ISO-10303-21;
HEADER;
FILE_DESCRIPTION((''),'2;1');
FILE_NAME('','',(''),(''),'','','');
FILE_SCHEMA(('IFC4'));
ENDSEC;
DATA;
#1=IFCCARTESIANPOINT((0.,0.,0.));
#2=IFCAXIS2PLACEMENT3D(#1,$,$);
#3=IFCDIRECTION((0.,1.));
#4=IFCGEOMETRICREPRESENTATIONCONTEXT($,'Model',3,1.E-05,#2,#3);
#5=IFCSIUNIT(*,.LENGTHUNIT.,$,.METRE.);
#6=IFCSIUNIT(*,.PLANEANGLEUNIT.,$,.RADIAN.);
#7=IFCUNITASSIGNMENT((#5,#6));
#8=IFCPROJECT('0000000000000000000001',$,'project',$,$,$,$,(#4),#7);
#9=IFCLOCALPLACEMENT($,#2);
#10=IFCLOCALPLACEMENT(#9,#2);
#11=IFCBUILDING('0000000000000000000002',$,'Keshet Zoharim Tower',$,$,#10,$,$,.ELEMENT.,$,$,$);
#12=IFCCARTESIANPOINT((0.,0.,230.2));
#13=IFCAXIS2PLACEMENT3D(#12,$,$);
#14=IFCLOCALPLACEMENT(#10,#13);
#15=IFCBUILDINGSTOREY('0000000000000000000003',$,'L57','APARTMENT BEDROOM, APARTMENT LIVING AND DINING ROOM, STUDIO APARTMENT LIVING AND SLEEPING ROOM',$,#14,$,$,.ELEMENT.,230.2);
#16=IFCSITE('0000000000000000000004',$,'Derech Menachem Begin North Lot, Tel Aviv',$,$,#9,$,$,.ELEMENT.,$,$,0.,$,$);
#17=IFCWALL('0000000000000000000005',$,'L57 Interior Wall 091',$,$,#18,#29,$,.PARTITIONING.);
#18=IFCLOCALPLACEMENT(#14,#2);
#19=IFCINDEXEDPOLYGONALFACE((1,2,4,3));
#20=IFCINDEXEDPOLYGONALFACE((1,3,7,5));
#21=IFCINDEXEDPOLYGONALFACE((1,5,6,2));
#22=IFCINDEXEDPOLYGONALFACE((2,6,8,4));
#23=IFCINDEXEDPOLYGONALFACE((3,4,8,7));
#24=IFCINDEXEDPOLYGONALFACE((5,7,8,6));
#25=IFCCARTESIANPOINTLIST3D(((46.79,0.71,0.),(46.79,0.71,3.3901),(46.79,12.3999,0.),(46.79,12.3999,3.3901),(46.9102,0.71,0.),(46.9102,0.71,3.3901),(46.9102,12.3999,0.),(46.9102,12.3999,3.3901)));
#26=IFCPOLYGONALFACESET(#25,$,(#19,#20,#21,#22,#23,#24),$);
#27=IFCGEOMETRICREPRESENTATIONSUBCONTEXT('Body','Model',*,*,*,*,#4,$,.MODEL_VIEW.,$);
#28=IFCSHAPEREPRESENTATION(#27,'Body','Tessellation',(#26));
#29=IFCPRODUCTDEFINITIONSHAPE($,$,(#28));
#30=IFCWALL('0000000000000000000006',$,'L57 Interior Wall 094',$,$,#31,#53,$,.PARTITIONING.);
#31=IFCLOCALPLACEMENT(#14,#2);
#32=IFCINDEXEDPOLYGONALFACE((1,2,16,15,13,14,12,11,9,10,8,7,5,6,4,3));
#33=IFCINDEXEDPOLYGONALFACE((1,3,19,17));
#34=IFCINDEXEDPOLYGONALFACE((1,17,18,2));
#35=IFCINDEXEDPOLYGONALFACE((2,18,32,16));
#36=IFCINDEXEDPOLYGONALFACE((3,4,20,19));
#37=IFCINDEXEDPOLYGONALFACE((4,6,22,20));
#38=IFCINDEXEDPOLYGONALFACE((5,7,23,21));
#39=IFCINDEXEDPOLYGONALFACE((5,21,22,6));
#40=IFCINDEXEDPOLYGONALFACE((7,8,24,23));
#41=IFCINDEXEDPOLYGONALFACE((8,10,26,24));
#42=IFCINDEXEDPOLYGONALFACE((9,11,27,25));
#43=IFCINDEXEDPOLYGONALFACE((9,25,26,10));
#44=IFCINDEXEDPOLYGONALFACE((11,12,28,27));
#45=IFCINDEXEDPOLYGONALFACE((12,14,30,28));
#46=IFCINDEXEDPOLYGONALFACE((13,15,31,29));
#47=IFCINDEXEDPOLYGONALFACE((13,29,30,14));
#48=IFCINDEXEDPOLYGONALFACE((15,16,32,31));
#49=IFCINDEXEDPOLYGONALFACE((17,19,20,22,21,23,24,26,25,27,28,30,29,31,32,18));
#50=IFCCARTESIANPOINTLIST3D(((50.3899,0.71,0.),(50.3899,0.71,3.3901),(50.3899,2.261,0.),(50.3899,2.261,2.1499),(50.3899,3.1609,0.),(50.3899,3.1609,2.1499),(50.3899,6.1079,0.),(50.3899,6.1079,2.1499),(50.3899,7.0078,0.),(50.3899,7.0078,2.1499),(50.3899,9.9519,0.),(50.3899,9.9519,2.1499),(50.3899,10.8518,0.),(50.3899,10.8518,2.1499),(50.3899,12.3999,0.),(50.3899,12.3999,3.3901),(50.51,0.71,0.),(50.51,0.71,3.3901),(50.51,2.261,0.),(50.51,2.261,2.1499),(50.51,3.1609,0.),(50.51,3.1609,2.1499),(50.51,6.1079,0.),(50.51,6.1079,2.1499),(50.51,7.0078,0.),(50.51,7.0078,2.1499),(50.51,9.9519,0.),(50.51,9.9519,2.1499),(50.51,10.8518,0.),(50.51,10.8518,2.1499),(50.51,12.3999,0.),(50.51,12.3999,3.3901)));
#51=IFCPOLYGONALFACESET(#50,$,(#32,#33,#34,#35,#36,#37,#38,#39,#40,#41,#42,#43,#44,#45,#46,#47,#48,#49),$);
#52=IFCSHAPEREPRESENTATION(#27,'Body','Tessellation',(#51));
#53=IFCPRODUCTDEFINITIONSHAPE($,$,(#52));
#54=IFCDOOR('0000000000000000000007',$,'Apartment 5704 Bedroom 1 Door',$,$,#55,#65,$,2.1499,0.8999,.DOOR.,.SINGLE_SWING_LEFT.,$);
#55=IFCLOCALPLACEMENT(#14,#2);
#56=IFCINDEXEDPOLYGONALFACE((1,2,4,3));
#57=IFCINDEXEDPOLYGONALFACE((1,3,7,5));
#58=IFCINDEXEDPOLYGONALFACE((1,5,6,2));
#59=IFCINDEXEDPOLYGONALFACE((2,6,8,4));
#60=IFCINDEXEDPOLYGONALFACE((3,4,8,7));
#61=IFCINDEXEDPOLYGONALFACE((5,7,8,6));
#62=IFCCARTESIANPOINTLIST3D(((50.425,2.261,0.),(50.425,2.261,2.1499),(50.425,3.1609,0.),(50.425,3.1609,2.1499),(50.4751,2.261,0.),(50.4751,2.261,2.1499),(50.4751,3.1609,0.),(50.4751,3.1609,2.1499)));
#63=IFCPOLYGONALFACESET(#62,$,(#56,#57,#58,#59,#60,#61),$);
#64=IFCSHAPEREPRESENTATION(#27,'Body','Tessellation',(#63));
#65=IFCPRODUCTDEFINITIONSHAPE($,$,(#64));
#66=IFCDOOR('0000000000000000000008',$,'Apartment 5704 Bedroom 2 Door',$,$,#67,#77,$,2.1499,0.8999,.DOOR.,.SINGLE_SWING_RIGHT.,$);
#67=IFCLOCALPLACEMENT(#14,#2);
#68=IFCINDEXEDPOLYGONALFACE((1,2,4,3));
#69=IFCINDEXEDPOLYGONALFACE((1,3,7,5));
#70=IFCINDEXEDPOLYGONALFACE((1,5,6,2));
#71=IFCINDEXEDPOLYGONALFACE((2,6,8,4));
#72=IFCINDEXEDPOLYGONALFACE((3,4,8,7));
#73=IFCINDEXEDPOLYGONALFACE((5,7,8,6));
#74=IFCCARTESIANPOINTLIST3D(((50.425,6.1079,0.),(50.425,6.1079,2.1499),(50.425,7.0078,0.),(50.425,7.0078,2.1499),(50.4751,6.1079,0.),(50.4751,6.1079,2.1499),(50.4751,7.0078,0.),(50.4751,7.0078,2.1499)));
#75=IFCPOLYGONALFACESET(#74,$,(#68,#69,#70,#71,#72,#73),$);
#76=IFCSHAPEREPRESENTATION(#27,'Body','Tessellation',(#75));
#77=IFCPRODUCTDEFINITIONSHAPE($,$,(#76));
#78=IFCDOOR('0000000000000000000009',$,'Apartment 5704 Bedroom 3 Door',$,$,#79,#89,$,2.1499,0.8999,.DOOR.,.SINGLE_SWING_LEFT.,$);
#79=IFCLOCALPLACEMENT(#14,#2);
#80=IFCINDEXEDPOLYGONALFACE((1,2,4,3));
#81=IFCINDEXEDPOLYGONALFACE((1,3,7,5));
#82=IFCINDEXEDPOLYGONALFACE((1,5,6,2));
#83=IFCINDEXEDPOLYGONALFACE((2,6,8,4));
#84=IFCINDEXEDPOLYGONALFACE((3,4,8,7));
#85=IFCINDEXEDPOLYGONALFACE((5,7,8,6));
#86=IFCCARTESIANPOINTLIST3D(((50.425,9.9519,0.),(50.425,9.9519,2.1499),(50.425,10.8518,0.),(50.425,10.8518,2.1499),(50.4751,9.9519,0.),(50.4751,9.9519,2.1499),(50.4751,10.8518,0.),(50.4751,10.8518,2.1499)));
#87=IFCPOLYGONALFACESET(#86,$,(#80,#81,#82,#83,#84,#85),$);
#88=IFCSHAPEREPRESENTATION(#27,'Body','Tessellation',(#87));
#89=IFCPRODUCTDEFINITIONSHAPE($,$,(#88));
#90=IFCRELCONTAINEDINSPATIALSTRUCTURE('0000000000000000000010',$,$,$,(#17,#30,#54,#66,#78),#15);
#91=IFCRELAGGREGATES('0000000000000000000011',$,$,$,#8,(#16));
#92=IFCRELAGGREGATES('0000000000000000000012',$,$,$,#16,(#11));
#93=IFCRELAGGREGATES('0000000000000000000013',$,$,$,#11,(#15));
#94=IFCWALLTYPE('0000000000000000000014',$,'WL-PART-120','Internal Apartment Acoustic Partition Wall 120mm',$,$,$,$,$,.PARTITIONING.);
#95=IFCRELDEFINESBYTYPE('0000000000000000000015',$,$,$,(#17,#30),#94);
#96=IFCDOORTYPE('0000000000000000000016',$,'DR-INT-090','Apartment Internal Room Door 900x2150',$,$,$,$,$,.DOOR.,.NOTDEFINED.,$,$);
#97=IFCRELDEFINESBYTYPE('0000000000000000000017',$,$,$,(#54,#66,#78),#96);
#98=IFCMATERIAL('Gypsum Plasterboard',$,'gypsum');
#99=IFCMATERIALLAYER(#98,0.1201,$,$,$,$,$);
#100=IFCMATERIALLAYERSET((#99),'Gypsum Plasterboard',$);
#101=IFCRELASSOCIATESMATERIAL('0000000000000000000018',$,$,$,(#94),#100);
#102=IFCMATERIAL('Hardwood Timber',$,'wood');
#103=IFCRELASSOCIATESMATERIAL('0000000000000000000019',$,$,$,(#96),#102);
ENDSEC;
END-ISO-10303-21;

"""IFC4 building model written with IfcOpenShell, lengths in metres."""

from ifc_helpers import new_model, si_unit, direction, frame, frame_2d, origin, place, context, subcontext, project, spatial, rectangle, extrude, material, layer, layer_set, type_object, element, fill, save


model = new_model("IFC4")

# Units and contexts
model_context = context("Model", 3, precision=1e-05, world=origin(), true_north=direction((0.0, 1.0)))
body_context = subcontext(model_context, "Body", "Model", "MODEL_VIEW")
ifc_project = project(units=[si_unit("LENGTHUNIT", "METRE"), si_unit("PLANEANGLEUNIT", "RADIAN")], contexts=[model_context])

# Site, building, storey
site_placement = place(None, origin())
site = spatial("IfcSite", under=ifc_project, at=site_placement, Name="Derech Menachem Begin North Lot, Tel Aviv", CompositionType="ELEMENT", RefElevation=0.0)
building_placement = place(site_placement, origin())
building = spatial("IfcBuilding", under=site, at=building_placement, Name="Keshet Zoharim Tower", CompositionType="ELEMENT")
storey_placement = place(building_placement, frame((0.0, 0.0, 230.2)))
storey = spatial("IfcBuildingStorey", under=building, at=storey_placement, Name="L57", Description="APARTMENT BEDROOM, APARTMENT LIVING AND DINING ROOM, STUDIO APARTMENT LIVING AND SLEEPING ROOM", CompositionType="ELEMENT", Elevation=230.2)

# Wall
ifc_material_1 = material(Name="Gypsum Plasterboard", Category="gypsum")
ifc_layer_1 = layer(ifc_material_1, 0.1201)
ifc_layer_set_1 = layer_set([ifc_layer_1], Name="Gypsum Plasterboard")
wall_type = type_object("IfcWallType", Name="WL-PART-120", Description="Internal Apartment Acoustic Partition Wall 120mm", PredefinedType="PARTITIONING", material=ifc_layer_set_1)
wall_1_placement = place(storey_placement, frame((46.8501, 0.71, 0.0), z_axis=(0.0, 0.0, 1.0), x_axis=(0.0, 1.0, 0.0)))
element("IfcWall", 1, at=wall_1_placement, inside=storey, type_object=wall_type, Name="L57 Interior Wall 091", PredefinedType="PARTITIONING", context=body_context, shape_type="SweptSolid", body=[
    extrude(rectangle(XDim=11.6899, YDim=0.1201, at=frame_2d((5.845, 0.0))), origin(), (0.0, 0.0, 1.0), 3.3901),
])

# Wall, openings, doors
wall_2_placement = place(storey_placement, frame((50.45, 0.71, 0.0), z_axis=(0.0, 0.0, 1.0), x_axis=(0.0, 1.0, 0.0)))
wall_2 = element("IfcWall", 2, at=wall_2_placement, inside=storey, type_object=wall_type, Name="L57 Interior Wall 094", PredefinedType="PARTITIONING", context=body_context, shape_type="SweptSolid", body=[
    extrude(rectangle(XDim=11.6899, YDim=0.1201, at=frame_2d((5.845, 0.0))), origin(), (0.0, 0.0, 1.0), 3.3901),
])
opening_1_placement = place(wall_2_placement, frame((1.551, 0.0, 0.0)))
opening_1 = element("IfcOpeningElement", 3, at=opening_1_placement, cuts=wall_2, PredefinedType="OPENING", context=body_context, shape_type="SweptSolid", body=[
    extrude(rectangle(XDim=0.8999, YDim=2.1499, at=frame_2d((0.45, 1.075))), frame((0.0, 0.0701, 0.0), z_axis=(0.0, -1.0, 0.0), x_axis=(1.0, 0.0, 0.0)), (0.0, 0.0, 1.0), 0.1401),
])
opening_2_placement = place(wall_2_placement, frame((5.3979, 0.0, 0.0)))
opening_2 = element("IfcOpeningElement", 4, at=opening_2_placement, cuts=wall_2, PredefinedType="OPENING", context=body_context, shape_type="SweptSolid", body=[
    extrude(rectangle(XDim=0.8999, YDim=2.1499, at=frame_2d((0.45, 1.075))), frame((0.0, 0.0701, 0.0), z_axis=(0.0, -1.0, 0.0), x_axis=(1.0, 0.0, 0.0)), (0.0, 0.0, 1.0), 0.1401),
])
opening_3_placement = place(wall_2_placement, frame((9.2419, 0.0, 0.0)))
opening_3 = element("IfcOpeningElement", 5, at=opening_3_placement, cuts=wall_2, PredefinedType="OPENING", context=body_context, shape_type="SweptSolid", body=[
    extrude(rectangle(XDim=0.8999, YDim=2.1499, at=frame_2d((0.45, 1.075))), frame((0.0, 0.0701, 0.0), z_axis=(0.0, -1.0, 0.0), x_axis=(1.0, 0.0, 0.0)), (0.0, 0.0, 1.0), 0.1401),
])
ifc_material_2 = material(Name="Hardwood Timber", Category="wood")
door_type = type_object("IfcDoorType", Name="DR-INT-090", Description="Apartment Internal Room Door 900x2150", OperationType="NOTDEFINED", PredefinedType="DOOR", material=ifc_material_2)
door_1_placement = place(opening_1_placement, origin())
door_1 = element("IfcDoor", 6, at=door_1_placement, inside=storey, type_object=door_type, Name="Apartment 5704 Bedroom 1 Door", OperationType="SINGLE_SWING_LEFT", OverallHeight=2.1499, OverallWidth=0.8999, PredefinedType="DOOR", context=body_context, shape_type="SweptSolid", body=[
    extrude(rectangle(XDim=0.8999, YDim=2.1499, at=frame_2d((0.45, 1.075))), frame((0.0, 0.0249, 0.0), z_axis=(0.0, -1.0, 0.0), x_axis=(1.0, 0.0, 0.0)), (0.0, 0.0, 1.0), 0.05),
])
fill(opening_1, door_1)
door_2_placement = place(opening_2_placement, origin())
door_2 = element("IfcDoor", 7, at=door_2_placement, inside=storey, type_object=door_type, Name="Apartment 5704 Bedroom 2 Door", OperationType="SINGLE_SWING_RIGHT", OverallHeight=2.1499, OverallWidth=0.8999, PredefinedType="DOOR", context=body_context, shape_type="SweptSolid", body=[
    extrude(rectangle(XDim=0.8999, YDim=2.1499, at=frame_2d((0.45, 1.075))), frame((0.0, 0.0249, 0.0), z_axis=(0.0, -1.0, 0.0), x_axis=(1.0, 0.0, 0.0)), (0.0, 0.0, 1.0), 0.05),
])
fill(opening_2, door_2)
door_3_placement = place(opening_3_placement, origin())
door_3 = element("IfcDoor", 8, at=door_3_placement, inside=storey, type_object=door_type, Name="Apartment 5704 Bedroom 3 Door", OperationType="SINGLE_SWING_LEFT", OverallHeight=2.1499, OverallWidth=0.8999, PredefinedType="DOOR", context=body_context, shape_type="SweptSolid", body=[
    extrude(rectangle(XDim=0.8999, YDim=2.1499, at=frame_2d((0.45, 1.075))), frame((0.0, 0.0249, 0.0), z_axis=(0.0, -1.0, 0.0), x_axis=(1.0, 0.0, 0.0)), (0.0, 0.0, 1.0), 0.05),
])
fill(opening_3, door_3)

save(model, "model.ifc")
